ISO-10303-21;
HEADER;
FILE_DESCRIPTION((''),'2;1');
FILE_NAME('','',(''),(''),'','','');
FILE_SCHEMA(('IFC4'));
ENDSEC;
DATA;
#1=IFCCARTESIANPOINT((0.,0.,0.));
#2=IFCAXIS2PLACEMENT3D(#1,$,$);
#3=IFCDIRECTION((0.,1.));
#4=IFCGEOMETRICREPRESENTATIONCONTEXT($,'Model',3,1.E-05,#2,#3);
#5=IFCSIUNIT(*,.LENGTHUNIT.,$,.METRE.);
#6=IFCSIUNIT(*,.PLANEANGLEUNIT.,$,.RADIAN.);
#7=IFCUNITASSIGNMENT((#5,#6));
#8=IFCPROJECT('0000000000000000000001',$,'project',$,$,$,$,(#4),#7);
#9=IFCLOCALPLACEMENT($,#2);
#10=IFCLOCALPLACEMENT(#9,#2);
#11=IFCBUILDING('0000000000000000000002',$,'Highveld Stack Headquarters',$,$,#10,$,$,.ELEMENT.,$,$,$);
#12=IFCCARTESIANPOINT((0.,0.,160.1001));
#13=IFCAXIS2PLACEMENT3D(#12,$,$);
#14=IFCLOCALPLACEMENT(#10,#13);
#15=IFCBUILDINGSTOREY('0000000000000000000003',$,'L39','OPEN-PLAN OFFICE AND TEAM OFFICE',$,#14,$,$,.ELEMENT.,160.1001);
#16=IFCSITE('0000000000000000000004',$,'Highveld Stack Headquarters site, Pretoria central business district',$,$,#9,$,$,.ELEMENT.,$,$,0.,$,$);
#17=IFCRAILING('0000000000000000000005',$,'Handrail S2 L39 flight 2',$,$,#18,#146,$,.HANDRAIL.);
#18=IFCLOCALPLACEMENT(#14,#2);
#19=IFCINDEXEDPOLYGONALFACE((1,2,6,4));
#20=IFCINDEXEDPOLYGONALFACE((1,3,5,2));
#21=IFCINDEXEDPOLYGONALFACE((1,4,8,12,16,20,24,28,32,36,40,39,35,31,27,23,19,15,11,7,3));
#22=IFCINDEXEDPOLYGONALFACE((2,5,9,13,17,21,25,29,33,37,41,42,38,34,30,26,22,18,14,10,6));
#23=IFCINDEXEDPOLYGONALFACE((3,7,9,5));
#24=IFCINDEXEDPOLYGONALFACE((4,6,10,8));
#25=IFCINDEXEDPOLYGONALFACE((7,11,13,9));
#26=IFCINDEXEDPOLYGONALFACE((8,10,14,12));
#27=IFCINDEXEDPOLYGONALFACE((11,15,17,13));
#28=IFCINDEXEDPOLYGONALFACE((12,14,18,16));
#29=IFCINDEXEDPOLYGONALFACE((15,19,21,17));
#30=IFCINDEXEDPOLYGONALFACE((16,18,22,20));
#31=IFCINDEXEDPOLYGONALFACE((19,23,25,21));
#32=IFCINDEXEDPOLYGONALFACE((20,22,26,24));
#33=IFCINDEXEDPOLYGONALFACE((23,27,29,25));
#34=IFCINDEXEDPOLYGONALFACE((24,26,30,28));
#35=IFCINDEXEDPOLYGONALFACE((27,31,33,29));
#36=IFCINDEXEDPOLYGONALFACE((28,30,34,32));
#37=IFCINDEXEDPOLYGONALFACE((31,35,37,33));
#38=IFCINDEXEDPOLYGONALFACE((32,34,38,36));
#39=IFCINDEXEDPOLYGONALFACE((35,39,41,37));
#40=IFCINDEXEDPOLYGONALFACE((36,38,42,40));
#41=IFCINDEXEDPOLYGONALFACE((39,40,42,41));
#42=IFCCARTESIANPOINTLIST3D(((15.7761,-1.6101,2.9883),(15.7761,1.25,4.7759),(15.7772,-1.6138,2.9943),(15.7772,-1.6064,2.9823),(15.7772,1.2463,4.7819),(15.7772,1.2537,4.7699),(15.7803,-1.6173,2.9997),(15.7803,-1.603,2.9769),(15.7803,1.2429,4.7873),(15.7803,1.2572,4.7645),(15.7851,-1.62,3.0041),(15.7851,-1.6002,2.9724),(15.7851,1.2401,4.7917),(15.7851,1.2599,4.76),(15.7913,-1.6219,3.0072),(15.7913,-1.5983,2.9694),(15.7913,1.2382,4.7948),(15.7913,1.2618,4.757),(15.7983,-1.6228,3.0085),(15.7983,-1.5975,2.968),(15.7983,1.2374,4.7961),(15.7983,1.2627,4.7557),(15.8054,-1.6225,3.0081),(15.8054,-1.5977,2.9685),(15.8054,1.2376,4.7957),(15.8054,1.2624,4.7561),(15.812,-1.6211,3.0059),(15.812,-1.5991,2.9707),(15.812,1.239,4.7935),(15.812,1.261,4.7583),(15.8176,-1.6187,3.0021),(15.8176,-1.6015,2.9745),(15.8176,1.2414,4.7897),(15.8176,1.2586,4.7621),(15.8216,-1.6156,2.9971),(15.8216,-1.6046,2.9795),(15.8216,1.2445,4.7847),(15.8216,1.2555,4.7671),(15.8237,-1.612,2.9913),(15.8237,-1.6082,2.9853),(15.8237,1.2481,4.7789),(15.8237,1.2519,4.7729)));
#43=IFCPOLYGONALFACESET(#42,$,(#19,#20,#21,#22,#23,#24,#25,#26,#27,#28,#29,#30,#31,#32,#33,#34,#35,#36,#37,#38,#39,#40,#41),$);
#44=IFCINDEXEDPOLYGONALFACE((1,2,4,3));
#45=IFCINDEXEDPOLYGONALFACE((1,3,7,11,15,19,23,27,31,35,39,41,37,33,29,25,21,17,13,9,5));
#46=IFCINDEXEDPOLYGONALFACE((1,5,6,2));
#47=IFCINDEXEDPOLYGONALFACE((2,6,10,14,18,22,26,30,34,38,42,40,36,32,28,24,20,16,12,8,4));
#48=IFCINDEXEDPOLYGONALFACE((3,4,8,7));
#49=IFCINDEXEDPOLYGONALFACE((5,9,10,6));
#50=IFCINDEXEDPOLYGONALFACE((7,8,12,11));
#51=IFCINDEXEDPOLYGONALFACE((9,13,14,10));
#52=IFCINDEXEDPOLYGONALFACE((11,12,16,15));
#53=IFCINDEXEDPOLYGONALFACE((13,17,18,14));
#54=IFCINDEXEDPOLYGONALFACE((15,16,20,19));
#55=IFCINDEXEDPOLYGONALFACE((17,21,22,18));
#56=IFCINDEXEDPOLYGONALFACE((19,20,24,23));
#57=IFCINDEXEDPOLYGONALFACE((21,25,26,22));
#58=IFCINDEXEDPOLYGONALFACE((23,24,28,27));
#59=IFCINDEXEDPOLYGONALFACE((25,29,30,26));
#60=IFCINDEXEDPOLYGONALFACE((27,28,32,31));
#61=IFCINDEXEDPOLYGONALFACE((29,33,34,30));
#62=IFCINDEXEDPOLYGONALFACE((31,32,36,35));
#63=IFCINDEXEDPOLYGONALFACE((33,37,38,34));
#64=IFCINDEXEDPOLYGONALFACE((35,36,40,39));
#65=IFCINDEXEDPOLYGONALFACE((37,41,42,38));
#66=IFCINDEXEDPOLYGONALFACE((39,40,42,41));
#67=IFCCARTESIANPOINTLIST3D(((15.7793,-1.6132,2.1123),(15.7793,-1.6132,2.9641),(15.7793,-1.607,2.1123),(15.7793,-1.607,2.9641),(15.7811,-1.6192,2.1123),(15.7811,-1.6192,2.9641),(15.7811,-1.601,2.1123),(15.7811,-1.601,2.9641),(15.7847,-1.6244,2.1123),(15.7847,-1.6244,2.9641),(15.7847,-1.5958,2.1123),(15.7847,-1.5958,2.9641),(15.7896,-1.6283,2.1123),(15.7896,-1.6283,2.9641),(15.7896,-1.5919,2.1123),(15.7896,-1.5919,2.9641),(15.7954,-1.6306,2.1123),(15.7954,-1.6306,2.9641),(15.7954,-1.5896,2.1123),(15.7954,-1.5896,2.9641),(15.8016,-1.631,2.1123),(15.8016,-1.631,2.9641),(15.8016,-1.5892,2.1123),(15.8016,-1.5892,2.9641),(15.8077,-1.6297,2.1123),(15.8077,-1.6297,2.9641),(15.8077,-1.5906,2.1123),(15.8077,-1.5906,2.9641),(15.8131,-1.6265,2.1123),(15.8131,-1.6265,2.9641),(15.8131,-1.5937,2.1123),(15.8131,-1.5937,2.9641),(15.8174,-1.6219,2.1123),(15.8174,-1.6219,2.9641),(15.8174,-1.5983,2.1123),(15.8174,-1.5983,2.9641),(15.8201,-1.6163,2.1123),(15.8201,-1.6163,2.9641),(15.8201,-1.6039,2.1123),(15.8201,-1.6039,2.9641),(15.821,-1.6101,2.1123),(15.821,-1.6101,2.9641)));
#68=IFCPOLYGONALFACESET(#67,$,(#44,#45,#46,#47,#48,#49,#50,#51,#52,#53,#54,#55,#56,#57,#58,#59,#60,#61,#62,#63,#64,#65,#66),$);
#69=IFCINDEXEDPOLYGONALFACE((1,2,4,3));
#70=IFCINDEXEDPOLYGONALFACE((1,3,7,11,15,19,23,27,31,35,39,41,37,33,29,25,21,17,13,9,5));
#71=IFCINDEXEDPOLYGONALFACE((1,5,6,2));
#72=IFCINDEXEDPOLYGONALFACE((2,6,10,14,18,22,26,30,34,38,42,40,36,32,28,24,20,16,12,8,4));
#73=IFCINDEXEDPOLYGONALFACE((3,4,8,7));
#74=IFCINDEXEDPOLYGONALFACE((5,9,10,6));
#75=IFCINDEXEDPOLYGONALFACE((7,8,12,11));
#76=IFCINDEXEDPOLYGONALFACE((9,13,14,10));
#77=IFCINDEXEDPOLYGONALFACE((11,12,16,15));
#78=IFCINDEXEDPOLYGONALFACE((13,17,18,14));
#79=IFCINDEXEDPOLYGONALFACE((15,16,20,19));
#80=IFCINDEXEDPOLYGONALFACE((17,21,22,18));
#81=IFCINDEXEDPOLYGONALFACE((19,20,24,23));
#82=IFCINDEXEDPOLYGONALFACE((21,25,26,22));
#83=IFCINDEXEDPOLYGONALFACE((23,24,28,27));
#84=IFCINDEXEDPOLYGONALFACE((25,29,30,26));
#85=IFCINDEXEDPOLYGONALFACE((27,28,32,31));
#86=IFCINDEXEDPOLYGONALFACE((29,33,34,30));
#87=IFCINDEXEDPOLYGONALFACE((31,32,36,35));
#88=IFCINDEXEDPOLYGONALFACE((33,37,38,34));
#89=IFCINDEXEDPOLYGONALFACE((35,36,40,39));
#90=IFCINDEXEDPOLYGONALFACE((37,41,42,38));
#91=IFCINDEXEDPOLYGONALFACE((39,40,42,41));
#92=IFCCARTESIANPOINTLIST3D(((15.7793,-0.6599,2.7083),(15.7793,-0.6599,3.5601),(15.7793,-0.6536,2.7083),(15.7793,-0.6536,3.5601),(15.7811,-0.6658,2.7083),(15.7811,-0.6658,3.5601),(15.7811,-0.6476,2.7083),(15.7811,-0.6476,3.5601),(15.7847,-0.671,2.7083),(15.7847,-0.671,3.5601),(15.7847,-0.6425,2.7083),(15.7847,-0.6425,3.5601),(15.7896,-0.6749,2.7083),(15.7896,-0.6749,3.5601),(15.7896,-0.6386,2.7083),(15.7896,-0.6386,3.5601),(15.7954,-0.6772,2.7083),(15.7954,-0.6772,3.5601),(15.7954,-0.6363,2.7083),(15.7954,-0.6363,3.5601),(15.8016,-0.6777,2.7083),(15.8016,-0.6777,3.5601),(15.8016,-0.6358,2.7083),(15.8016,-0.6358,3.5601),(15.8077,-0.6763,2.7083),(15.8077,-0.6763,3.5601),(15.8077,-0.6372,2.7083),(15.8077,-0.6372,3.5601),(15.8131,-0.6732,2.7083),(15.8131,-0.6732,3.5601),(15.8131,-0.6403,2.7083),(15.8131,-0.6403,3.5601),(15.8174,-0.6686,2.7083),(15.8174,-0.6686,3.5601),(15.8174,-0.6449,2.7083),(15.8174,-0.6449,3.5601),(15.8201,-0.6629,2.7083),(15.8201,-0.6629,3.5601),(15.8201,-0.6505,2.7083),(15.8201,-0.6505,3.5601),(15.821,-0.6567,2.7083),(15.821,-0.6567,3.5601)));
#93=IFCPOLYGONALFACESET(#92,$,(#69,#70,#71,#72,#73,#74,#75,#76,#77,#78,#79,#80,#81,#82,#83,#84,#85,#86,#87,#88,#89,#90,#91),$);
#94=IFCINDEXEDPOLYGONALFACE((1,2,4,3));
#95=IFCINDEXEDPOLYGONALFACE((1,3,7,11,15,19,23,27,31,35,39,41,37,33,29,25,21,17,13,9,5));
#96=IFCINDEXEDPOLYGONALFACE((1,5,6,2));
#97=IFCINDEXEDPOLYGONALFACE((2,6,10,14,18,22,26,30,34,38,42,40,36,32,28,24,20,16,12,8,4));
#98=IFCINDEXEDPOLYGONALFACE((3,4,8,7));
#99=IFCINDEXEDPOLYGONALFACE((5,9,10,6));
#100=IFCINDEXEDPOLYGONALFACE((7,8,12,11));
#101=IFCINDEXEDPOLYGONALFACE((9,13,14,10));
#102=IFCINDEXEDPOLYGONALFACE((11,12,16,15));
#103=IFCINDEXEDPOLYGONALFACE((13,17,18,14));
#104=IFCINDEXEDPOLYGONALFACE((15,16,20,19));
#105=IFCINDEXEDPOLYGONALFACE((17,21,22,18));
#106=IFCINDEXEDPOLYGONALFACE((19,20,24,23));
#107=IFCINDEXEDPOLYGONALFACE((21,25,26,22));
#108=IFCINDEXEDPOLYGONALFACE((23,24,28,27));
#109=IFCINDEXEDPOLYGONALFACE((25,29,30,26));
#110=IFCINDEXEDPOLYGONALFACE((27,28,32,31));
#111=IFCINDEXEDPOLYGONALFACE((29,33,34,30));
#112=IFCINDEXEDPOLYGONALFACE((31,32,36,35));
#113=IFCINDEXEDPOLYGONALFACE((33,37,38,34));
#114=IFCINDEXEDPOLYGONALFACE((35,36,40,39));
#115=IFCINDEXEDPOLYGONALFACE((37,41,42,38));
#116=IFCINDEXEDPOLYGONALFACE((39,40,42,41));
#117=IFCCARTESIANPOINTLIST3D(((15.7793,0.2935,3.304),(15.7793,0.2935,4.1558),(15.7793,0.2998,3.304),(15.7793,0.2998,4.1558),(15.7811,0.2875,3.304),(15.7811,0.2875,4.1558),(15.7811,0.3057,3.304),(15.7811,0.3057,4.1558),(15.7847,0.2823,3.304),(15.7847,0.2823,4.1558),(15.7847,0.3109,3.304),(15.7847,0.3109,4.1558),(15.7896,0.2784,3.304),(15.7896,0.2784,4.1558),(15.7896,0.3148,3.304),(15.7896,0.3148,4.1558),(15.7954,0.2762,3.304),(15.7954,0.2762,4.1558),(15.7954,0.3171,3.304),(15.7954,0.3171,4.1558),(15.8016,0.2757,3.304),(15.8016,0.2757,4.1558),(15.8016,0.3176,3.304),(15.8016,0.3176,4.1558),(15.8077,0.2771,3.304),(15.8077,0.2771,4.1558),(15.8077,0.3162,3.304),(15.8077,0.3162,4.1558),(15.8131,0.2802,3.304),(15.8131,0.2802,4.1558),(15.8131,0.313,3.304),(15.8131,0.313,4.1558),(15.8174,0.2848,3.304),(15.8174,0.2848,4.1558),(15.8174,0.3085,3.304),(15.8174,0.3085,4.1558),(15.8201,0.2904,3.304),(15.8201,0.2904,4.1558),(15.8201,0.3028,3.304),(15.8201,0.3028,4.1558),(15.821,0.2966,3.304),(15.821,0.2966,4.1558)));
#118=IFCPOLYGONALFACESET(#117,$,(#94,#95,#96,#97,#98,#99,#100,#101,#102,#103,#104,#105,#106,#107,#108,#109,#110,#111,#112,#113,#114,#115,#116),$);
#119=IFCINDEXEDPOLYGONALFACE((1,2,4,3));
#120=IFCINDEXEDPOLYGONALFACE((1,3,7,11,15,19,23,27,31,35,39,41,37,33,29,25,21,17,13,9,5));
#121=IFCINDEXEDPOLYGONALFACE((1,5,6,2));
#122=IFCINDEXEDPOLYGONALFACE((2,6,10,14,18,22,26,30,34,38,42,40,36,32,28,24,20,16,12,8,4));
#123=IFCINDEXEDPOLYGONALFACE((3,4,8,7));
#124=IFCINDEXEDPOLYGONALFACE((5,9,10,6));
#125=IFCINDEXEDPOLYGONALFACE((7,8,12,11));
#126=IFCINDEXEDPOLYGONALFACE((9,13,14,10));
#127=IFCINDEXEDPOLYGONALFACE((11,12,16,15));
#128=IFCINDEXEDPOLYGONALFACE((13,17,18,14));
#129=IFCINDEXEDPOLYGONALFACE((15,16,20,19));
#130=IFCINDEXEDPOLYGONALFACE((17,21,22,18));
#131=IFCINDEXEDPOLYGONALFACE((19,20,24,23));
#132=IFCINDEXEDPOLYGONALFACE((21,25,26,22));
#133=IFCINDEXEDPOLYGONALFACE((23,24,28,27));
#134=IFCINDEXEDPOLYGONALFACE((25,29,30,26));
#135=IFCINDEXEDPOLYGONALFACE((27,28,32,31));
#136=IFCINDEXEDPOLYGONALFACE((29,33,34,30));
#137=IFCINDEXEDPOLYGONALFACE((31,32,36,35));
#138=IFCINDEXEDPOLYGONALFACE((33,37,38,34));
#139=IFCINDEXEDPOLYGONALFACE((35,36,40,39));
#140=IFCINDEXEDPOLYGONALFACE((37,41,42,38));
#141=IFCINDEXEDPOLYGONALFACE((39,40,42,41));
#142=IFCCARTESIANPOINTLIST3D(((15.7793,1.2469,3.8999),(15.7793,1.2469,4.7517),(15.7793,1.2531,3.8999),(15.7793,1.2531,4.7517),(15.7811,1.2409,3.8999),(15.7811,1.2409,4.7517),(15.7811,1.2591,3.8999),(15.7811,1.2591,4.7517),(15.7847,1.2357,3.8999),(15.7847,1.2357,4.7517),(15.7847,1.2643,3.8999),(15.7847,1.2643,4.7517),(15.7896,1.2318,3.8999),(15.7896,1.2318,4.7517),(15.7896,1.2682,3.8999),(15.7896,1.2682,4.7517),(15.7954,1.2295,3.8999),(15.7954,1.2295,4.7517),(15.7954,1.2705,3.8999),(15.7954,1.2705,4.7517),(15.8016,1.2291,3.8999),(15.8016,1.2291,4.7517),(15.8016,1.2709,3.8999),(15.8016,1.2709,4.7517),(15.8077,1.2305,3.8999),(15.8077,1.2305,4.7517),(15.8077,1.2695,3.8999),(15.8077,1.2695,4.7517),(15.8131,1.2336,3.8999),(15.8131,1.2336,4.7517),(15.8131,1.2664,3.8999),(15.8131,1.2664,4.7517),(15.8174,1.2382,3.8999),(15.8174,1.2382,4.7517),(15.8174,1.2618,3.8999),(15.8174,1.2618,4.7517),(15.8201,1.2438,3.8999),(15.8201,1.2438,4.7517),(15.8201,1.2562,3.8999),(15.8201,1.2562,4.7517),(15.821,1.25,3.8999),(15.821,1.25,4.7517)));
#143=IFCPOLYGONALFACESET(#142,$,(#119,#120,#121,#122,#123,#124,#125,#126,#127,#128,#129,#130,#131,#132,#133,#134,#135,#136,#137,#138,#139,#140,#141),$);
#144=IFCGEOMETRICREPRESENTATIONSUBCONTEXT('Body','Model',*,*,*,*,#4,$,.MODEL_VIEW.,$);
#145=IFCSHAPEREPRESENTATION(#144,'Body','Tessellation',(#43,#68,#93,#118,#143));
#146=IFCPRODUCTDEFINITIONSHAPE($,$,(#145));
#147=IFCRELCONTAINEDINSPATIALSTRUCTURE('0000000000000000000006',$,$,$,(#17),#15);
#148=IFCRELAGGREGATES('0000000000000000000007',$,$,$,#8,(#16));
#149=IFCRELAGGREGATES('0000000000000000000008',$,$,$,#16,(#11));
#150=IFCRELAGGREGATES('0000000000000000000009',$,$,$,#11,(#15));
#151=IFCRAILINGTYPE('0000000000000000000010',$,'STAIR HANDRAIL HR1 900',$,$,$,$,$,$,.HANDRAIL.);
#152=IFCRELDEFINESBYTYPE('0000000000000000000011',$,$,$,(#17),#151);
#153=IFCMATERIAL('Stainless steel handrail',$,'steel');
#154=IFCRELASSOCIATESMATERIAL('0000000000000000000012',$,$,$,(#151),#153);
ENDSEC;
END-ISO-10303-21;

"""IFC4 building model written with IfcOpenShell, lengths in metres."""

from ifc_helpers import new_model, si_unit, direction, frame, origin, origin_2d, place, context, subcontext, project, spatial, circle, extrude, material, type_object, element, save


model = new_model("IFC4")

# Units and contexts
model_context = context("Model", 3, precision=1e-05, world=origin(), true_north=direction((0.0, 1.0)))
body_context = subcontext(model_context, "Body", "Model", "MODEL_VIEW")
ifc_project = project(units=[si_unit("LENGTHUNIT", "METRE"), si_unit("PLANEANGLEUNIT", "RADIAN")], contexts=[model_context])

# Site, building, storey
site_placement = place(None, origin())
site = spatial("IfcSite", under=ifc_project, at=site_placement, Name="Highveld Stack Headquarters site, Pretoria central business district", CompositionType="ELEMENT", RefElevation=0.0)
building_placement = place(site_placement, origin())
building = spatial("IfcBuilding", under=site, at=building_placement, Name="Highveld Stack Headquarters", CompositionType="ELEMENT")
storey_placement = place(building_placement, frame((0.0, 0.0, 160.1001)))
storey = spatial("IfcBuildingStorey", under=building, at=storey_placement, Name="L39", Description="OPEN-PLAN OFFICE AND TEAM OFFICE", CompositionType="ELEMENT", Elevation=160.1001)

# Railing
ifc_material_1 = material(Name="Stainless steel handrail", Category="steel")
railing_type = type_object("IfcRailingType", Name="STAIR HANDRAIL HR1 900", PredefinedType="HANDRAIL", material=ifc_material_1)
for number, where, name in (
    (1, (15.8, -1.6101, 2.1123), "Handrail S2 L39 flight 2"),
):
    element("IfcRailing", number, at=place(storey_placement, frame(where)), inside=storey, type_object=railing_type, Name=name, PredefinedType="HANDRAIL", context=body_context, shape_type="SweptSolid", body=[
        extrude(circle(Radius=0.0239, at=origin_2d()), frame((0.0, 0.0, 0.876), z_axis=(0.0, 0.847994, 0.530005), x_axis=(-1.0, 0.0, 0.0)), (0.0, 0.0, 1.0), 3.3728),
        extrude(circle(Radius=0.021, at=origin_2d()), origin(), (0.0, 0.0, 1.0), 0.8518),
        extrude(circle(Radius=0.021, at=origin_2d()), frame((0.0, 0.9534, 0.5959)), (0.0, 0.0, 1.0), 0.8518),
        extrude(circle(Radius=0.021, at=origin_2d()), frame((0.0, 1.9067, 1.1917)), (0.0, 0.0, 1.0), 0.8518),
        extrude(circle(Radius=0.021, at=origin_2d()), frame((0.0, 2.8601, 1.7876)), (0.0, 0.0, 1.0), 0.8518),
    ])

save(model, "model.ifc")
